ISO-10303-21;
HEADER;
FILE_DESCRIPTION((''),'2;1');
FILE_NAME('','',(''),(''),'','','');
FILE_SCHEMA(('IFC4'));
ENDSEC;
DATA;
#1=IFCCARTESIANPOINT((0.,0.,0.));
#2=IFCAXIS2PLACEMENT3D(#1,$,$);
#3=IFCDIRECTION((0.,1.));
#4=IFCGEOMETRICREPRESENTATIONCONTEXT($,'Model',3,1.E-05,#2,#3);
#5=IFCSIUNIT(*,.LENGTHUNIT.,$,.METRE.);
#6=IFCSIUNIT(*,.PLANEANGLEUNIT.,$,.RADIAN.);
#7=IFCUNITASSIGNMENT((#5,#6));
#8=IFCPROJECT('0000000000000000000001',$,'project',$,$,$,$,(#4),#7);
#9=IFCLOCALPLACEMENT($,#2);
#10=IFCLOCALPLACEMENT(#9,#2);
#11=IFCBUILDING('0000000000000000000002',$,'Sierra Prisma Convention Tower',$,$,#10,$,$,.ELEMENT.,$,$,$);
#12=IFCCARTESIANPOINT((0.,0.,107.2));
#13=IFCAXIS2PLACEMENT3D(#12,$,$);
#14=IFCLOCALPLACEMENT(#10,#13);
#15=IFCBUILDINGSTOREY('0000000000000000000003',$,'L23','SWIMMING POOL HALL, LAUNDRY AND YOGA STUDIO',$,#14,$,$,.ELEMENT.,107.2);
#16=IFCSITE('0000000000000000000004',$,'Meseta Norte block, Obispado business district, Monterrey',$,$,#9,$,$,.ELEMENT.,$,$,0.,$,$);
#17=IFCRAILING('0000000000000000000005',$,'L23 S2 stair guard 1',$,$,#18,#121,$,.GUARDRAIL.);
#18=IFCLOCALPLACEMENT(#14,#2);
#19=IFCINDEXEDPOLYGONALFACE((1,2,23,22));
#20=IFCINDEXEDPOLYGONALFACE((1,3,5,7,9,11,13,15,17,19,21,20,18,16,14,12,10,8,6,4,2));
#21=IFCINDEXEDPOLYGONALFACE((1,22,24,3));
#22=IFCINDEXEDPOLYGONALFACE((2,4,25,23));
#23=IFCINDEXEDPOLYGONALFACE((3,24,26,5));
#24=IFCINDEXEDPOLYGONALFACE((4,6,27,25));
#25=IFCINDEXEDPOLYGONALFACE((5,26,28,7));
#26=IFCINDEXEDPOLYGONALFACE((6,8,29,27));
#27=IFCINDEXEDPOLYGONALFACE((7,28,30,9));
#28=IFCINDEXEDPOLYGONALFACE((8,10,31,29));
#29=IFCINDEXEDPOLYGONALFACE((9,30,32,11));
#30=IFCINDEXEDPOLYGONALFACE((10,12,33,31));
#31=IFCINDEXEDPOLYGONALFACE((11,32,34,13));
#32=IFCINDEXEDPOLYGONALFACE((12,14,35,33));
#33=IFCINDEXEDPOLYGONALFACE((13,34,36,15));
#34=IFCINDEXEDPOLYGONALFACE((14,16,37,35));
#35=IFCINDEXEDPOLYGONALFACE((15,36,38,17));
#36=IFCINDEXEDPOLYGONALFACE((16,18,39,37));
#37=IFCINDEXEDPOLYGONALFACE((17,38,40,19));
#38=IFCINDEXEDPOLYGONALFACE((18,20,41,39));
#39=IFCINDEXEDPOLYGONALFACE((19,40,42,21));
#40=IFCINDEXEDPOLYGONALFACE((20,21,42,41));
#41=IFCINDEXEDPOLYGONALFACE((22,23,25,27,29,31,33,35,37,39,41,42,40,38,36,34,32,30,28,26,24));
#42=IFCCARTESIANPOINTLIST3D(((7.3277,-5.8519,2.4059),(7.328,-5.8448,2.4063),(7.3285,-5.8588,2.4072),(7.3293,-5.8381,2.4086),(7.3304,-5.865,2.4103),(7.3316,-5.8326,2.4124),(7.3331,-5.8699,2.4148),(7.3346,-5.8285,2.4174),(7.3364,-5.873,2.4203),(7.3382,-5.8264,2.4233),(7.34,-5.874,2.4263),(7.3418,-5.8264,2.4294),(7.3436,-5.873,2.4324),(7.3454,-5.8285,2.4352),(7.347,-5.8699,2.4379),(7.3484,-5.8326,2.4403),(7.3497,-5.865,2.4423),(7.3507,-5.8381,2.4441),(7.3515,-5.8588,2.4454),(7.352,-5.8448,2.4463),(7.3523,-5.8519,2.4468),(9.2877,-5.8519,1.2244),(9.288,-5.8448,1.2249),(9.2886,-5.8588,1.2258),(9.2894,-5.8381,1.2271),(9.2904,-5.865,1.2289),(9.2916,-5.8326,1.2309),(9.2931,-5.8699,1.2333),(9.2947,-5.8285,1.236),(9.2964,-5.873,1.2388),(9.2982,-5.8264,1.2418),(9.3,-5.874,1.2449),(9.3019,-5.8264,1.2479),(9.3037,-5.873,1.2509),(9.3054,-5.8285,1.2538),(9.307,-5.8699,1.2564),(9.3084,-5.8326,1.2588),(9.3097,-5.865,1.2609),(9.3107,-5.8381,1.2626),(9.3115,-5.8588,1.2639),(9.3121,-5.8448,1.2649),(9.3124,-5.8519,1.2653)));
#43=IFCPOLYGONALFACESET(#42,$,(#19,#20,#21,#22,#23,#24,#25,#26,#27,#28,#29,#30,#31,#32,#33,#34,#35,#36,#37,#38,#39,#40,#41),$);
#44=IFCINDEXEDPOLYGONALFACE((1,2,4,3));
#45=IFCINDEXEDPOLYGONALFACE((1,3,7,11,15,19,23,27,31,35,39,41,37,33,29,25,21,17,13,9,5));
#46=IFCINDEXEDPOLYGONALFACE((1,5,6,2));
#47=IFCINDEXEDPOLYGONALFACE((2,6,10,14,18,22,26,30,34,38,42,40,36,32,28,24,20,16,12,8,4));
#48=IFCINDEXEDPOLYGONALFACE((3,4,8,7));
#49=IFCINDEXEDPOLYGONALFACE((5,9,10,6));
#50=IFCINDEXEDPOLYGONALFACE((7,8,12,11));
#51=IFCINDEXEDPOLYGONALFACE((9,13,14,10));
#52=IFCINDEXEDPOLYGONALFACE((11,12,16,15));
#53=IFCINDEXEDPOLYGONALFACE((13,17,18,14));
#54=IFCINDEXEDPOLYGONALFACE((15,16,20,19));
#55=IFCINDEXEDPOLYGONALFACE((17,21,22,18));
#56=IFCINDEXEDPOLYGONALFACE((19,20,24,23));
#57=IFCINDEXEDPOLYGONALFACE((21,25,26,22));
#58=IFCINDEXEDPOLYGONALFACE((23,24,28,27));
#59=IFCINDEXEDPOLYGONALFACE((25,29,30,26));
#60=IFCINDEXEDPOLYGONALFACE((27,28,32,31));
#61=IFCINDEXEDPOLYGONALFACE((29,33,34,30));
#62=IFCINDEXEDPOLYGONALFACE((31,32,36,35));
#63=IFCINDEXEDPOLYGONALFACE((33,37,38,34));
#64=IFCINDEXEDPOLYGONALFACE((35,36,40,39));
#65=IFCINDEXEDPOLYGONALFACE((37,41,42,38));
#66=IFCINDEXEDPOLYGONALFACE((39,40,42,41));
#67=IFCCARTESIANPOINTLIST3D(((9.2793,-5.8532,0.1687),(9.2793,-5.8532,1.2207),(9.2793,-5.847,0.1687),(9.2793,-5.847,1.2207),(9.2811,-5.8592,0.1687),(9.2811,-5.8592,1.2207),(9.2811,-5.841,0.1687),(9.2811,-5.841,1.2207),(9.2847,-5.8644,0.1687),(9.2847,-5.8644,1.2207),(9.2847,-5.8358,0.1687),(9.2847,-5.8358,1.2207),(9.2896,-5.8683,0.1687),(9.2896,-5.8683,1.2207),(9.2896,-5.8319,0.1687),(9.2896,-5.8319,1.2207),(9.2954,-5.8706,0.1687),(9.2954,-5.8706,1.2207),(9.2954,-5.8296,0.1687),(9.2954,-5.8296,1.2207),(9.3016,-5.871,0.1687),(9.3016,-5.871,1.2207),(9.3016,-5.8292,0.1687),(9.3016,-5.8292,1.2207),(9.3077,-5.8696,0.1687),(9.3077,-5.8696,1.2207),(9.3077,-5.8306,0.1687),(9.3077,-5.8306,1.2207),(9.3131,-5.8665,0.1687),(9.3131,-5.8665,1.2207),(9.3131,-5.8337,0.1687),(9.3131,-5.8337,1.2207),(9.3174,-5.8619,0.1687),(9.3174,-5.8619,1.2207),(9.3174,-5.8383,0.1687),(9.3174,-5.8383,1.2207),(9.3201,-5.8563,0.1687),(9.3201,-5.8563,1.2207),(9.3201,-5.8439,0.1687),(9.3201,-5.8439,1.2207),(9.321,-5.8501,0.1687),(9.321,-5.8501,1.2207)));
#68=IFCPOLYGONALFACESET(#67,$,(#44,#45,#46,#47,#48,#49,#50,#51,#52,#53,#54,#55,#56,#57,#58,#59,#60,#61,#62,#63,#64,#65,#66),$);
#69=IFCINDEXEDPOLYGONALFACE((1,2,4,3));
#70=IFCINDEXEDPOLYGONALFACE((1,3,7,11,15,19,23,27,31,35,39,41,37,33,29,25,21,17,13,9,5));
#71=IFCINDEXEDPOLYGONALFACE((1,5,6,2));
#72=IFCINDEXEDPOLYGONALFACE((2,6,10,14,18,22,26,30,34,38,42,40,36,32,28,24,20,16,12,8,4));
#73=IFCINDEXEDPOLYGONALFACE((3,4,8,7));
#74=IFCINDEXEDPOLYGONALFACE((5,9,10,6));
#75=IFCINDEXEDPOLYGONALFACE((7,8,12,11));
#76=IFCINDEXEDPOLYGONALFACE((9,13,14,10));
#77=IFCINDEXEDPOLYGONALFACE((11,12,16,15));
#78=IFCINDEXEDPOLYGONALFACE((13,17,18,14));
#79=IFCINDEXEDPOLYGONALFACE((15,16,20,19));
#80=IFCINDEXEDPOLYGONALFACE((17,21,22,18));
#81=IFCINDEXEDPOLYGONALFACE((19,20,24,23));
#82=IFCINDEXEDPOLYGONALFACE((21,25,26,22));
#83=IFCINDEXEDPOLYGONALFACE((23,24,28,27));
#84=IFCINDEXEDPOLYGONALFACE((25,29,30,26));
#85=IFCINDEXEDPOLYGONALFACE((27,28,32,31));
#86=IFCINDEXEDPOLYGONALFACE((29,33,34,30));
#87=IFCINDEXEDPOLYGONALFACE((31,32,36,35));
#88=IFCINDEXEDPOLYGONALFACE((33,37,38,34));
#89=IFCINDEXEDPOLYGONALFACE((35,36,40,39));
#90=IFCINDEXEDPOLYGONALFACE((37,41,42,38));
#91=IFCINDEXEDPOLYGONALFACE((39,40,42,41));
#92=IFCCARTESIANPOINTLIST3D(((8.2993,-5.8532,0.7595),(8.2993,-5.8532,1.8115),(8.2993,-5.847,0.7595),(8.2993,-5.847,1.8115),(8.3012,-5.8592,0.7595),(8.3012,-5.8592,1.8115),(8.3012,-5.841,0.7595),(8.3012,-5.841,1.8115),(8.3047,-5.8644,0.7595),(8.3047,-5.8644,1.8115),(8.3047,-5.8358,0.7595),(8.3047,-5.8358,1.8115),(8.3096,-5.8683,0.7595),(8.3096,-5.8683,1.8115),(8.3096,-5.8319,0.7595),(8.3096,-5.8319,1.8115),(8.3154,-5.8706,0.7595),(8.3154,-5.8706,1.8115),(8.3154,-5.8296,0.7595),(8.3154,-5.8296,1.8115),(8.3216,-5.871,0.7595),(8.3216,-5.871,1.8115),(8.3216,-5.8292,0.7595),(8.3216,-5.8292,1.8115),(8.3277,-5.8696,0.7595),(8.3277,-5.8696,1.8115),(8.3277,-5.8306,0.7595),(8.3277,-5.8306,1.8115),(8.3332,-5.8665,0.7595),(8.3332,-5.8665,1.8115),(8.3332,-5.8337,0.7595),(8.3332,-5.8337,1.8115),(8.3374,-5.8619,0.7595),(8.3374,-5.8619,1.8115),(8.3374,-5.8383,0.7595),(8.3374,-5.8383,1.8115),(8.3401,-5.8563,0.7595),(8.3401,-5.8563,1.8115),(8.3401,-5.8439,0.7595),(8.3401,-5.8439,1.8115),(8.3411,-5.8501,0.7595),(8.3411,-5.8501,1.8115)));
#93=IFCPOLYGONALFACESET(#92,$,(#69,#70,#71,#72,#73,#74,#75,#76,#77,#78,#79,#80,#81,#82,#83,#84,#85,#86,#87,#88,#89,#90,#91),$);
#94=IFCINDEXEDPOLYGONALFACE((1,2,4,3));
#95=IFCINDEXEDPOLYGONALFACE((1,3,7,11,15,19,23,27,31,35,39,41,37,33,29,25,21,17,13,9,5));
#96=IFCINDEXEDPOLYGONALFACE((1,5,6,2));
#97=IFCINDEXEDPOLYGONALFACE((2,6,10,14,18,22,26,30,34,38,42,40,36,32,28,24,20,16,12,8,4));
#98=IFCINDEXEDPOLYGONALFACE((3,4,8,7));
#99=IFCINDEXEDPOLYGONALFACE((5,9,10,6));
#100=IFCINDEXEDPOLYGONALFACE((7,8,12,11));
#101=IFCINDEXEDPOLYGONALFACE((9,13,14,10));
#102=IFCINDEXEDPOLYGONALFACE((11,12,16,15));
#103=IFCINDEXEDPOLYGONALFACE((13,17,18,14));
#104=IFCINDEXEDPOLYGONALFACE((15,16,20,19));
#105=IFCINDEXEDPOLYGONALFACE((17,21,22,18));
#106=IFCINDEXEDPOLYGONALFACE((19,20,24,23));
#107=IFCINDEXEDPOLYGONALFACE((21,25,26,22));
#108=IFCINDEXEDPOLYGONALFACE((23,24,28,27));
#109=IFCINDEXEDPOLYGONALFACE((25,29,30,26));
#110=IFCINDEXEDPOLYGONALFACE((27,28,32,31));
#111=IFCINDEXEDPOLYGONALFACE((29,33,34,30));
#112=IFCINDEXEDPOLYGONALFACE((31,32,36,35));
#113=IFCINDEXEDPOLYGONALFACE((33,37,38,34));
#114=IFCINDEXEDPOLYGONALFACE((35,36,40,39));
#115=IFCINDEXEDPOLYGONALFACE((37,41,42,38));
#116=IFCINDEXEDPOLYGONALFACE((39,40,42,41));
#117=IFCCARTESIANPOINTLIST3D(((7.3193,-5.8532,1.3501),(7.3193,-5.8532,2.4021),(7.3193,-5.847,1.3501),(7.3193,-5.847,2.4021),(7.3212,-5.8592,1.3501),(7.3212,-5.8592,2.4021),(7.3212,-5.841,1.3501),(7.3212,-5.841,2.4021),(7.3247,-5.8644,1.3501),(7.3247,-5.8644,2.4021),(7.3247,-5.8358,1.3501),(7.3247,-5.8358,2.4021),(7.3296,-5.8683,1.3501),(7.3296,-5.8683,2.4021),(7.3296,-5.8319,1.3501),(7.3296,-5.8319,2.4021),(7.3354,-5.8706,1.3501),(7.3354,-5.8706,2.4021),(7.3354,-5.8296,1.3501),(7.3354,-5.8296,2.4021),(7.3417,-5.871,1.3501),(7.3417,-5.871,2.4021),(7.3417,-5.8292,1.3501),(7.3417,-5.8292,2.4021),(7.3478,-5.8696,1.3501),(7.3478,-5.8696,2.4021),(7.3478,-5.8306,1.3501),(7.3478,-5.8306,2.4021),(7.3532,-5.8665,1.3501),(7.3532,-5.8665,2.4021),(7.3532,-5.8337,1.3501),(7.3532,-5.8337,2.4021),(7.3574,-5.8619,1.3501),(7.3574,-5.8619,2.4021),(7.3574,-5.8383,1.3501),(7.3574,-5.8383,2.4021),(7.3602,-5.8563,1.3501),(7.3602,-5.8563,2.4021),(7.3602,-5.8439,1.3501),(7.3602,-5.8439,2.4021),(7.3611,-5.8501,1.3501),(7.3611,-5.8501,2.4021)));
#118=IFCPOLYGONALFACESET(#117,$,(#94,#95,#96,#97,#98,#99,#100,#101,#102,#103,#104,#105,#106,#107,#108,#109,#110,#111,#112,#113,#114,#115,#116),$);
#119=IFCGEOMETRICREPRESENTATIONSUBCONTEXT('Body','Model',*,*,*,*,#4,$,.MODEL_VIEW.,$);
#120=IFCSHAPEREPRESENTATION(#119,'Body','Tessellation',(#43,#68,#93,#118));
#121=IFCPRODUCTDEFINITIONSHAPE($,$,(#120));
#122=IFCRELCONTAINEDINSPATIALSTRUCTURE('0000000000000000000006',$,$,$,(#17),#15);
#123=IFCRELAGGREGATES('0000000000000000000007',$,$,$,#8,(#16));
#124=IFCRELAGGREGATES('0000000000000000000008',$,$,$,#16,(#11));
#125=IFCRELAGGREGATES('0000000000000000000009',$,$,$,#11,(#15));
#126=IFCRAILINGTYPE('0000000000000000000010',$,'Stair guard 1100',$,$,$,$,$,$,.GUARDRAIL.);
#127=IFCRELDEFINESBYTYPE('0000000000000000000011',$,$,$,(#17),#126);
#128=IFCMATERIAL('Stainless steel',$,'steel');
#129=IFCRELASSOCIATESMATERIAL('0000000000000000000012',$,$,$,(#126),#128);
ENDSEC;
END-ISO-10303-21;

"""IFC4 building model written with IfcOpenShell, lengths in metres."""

from ifc_helpers import new_model, si_unit, direction, frame, origin, origin_2d, place, context, subcontext, project, spatial, circle, extrude, material, type_object, element, save


model = new_model("IFC4")

# Units and contexts
model_context = context("Model", 3, precision=1e-05, world=origin(), true_north=direction((0.0, 1.0)))
body_context = subcontext(model_context, "Body", "Model", "MODEL_VIEW")
ifc_project = project(units=[si_unit("LENGTHUNIT", "METRE"), si_unit("PLANEANGLEUNIT", "RADIAN")], contexts=[model_context])

# Site, building, storey
site_placement = place(None, origin())
site = spatial("IfcSite", under=ifc_project, at=site_placement, Name="Meseta Norte block, Obispado business district, Monterrey", CompositionType="ELEMENT", RefElevation=0.0)
building_placement = place(site_placement, origin())
building = spatial("IfcBuilding", under=site, at=building_placement, Name="Sierra Prisma Convention Tower", CompositionType="ELEMENT")
storey_placement = place(building_placement, frame((0.0, 0.0, 107.2)))
storey = spatial("IfcBuildingStorey", under=building, at=storey_placement, Name="L23", Description="SWIMMING POOL HALL, LAUNDRY AND YOGA STUDIO", CompositionType="ELEMENT", Elevation=107.2)

# Railing
ifc_material_1 = material(Name="Stainless steel", Category="steel")
railing_type_1 = type_object("IfcRailingType", Name="Stair guard 1100", PredefinedType="GUARDRAIL", material=ifc_material_1)
railing_1_placement = place(storey_placement, frame((9.3, -5.8501, 0.1687)))
element("IfcRailing", 1, at=railing_1_placement, inside=storey, type_object=railing_type_1, Name="L23 S2 stair guard 1", PredefinedType="GUARDRAIL", context=body_context, shape_type="SweptSolid", body=[
    extrude(circle(Radius=0.0239, at=origin_2d()), frame((0.0, 0.0, 1.0762), z_axis=(-0.856446, 0.0, 0.516236), x_axis=(0.0, -1.0, 0.0)), (0.0, 0.0, 1.0), 2.2886),
    extrude(circle(Radius=0.021, at=origin_2d()), origin(), (0.0, 0.0, 1.0), 1.052),
    extrude(circle(Radius=0.021, at=origin_2d()), frame((-0.98, 0.0, 0.5908)), (0.0, 0.0, 1.0), 1.052),
    extrude(circle(Radius=0.021, at=origin_2d()), frame((-1.96, 0.0, 1.1814)), (0.0, 0.0, 1.0), 1.052),
])

save(model, "model.ifc")
